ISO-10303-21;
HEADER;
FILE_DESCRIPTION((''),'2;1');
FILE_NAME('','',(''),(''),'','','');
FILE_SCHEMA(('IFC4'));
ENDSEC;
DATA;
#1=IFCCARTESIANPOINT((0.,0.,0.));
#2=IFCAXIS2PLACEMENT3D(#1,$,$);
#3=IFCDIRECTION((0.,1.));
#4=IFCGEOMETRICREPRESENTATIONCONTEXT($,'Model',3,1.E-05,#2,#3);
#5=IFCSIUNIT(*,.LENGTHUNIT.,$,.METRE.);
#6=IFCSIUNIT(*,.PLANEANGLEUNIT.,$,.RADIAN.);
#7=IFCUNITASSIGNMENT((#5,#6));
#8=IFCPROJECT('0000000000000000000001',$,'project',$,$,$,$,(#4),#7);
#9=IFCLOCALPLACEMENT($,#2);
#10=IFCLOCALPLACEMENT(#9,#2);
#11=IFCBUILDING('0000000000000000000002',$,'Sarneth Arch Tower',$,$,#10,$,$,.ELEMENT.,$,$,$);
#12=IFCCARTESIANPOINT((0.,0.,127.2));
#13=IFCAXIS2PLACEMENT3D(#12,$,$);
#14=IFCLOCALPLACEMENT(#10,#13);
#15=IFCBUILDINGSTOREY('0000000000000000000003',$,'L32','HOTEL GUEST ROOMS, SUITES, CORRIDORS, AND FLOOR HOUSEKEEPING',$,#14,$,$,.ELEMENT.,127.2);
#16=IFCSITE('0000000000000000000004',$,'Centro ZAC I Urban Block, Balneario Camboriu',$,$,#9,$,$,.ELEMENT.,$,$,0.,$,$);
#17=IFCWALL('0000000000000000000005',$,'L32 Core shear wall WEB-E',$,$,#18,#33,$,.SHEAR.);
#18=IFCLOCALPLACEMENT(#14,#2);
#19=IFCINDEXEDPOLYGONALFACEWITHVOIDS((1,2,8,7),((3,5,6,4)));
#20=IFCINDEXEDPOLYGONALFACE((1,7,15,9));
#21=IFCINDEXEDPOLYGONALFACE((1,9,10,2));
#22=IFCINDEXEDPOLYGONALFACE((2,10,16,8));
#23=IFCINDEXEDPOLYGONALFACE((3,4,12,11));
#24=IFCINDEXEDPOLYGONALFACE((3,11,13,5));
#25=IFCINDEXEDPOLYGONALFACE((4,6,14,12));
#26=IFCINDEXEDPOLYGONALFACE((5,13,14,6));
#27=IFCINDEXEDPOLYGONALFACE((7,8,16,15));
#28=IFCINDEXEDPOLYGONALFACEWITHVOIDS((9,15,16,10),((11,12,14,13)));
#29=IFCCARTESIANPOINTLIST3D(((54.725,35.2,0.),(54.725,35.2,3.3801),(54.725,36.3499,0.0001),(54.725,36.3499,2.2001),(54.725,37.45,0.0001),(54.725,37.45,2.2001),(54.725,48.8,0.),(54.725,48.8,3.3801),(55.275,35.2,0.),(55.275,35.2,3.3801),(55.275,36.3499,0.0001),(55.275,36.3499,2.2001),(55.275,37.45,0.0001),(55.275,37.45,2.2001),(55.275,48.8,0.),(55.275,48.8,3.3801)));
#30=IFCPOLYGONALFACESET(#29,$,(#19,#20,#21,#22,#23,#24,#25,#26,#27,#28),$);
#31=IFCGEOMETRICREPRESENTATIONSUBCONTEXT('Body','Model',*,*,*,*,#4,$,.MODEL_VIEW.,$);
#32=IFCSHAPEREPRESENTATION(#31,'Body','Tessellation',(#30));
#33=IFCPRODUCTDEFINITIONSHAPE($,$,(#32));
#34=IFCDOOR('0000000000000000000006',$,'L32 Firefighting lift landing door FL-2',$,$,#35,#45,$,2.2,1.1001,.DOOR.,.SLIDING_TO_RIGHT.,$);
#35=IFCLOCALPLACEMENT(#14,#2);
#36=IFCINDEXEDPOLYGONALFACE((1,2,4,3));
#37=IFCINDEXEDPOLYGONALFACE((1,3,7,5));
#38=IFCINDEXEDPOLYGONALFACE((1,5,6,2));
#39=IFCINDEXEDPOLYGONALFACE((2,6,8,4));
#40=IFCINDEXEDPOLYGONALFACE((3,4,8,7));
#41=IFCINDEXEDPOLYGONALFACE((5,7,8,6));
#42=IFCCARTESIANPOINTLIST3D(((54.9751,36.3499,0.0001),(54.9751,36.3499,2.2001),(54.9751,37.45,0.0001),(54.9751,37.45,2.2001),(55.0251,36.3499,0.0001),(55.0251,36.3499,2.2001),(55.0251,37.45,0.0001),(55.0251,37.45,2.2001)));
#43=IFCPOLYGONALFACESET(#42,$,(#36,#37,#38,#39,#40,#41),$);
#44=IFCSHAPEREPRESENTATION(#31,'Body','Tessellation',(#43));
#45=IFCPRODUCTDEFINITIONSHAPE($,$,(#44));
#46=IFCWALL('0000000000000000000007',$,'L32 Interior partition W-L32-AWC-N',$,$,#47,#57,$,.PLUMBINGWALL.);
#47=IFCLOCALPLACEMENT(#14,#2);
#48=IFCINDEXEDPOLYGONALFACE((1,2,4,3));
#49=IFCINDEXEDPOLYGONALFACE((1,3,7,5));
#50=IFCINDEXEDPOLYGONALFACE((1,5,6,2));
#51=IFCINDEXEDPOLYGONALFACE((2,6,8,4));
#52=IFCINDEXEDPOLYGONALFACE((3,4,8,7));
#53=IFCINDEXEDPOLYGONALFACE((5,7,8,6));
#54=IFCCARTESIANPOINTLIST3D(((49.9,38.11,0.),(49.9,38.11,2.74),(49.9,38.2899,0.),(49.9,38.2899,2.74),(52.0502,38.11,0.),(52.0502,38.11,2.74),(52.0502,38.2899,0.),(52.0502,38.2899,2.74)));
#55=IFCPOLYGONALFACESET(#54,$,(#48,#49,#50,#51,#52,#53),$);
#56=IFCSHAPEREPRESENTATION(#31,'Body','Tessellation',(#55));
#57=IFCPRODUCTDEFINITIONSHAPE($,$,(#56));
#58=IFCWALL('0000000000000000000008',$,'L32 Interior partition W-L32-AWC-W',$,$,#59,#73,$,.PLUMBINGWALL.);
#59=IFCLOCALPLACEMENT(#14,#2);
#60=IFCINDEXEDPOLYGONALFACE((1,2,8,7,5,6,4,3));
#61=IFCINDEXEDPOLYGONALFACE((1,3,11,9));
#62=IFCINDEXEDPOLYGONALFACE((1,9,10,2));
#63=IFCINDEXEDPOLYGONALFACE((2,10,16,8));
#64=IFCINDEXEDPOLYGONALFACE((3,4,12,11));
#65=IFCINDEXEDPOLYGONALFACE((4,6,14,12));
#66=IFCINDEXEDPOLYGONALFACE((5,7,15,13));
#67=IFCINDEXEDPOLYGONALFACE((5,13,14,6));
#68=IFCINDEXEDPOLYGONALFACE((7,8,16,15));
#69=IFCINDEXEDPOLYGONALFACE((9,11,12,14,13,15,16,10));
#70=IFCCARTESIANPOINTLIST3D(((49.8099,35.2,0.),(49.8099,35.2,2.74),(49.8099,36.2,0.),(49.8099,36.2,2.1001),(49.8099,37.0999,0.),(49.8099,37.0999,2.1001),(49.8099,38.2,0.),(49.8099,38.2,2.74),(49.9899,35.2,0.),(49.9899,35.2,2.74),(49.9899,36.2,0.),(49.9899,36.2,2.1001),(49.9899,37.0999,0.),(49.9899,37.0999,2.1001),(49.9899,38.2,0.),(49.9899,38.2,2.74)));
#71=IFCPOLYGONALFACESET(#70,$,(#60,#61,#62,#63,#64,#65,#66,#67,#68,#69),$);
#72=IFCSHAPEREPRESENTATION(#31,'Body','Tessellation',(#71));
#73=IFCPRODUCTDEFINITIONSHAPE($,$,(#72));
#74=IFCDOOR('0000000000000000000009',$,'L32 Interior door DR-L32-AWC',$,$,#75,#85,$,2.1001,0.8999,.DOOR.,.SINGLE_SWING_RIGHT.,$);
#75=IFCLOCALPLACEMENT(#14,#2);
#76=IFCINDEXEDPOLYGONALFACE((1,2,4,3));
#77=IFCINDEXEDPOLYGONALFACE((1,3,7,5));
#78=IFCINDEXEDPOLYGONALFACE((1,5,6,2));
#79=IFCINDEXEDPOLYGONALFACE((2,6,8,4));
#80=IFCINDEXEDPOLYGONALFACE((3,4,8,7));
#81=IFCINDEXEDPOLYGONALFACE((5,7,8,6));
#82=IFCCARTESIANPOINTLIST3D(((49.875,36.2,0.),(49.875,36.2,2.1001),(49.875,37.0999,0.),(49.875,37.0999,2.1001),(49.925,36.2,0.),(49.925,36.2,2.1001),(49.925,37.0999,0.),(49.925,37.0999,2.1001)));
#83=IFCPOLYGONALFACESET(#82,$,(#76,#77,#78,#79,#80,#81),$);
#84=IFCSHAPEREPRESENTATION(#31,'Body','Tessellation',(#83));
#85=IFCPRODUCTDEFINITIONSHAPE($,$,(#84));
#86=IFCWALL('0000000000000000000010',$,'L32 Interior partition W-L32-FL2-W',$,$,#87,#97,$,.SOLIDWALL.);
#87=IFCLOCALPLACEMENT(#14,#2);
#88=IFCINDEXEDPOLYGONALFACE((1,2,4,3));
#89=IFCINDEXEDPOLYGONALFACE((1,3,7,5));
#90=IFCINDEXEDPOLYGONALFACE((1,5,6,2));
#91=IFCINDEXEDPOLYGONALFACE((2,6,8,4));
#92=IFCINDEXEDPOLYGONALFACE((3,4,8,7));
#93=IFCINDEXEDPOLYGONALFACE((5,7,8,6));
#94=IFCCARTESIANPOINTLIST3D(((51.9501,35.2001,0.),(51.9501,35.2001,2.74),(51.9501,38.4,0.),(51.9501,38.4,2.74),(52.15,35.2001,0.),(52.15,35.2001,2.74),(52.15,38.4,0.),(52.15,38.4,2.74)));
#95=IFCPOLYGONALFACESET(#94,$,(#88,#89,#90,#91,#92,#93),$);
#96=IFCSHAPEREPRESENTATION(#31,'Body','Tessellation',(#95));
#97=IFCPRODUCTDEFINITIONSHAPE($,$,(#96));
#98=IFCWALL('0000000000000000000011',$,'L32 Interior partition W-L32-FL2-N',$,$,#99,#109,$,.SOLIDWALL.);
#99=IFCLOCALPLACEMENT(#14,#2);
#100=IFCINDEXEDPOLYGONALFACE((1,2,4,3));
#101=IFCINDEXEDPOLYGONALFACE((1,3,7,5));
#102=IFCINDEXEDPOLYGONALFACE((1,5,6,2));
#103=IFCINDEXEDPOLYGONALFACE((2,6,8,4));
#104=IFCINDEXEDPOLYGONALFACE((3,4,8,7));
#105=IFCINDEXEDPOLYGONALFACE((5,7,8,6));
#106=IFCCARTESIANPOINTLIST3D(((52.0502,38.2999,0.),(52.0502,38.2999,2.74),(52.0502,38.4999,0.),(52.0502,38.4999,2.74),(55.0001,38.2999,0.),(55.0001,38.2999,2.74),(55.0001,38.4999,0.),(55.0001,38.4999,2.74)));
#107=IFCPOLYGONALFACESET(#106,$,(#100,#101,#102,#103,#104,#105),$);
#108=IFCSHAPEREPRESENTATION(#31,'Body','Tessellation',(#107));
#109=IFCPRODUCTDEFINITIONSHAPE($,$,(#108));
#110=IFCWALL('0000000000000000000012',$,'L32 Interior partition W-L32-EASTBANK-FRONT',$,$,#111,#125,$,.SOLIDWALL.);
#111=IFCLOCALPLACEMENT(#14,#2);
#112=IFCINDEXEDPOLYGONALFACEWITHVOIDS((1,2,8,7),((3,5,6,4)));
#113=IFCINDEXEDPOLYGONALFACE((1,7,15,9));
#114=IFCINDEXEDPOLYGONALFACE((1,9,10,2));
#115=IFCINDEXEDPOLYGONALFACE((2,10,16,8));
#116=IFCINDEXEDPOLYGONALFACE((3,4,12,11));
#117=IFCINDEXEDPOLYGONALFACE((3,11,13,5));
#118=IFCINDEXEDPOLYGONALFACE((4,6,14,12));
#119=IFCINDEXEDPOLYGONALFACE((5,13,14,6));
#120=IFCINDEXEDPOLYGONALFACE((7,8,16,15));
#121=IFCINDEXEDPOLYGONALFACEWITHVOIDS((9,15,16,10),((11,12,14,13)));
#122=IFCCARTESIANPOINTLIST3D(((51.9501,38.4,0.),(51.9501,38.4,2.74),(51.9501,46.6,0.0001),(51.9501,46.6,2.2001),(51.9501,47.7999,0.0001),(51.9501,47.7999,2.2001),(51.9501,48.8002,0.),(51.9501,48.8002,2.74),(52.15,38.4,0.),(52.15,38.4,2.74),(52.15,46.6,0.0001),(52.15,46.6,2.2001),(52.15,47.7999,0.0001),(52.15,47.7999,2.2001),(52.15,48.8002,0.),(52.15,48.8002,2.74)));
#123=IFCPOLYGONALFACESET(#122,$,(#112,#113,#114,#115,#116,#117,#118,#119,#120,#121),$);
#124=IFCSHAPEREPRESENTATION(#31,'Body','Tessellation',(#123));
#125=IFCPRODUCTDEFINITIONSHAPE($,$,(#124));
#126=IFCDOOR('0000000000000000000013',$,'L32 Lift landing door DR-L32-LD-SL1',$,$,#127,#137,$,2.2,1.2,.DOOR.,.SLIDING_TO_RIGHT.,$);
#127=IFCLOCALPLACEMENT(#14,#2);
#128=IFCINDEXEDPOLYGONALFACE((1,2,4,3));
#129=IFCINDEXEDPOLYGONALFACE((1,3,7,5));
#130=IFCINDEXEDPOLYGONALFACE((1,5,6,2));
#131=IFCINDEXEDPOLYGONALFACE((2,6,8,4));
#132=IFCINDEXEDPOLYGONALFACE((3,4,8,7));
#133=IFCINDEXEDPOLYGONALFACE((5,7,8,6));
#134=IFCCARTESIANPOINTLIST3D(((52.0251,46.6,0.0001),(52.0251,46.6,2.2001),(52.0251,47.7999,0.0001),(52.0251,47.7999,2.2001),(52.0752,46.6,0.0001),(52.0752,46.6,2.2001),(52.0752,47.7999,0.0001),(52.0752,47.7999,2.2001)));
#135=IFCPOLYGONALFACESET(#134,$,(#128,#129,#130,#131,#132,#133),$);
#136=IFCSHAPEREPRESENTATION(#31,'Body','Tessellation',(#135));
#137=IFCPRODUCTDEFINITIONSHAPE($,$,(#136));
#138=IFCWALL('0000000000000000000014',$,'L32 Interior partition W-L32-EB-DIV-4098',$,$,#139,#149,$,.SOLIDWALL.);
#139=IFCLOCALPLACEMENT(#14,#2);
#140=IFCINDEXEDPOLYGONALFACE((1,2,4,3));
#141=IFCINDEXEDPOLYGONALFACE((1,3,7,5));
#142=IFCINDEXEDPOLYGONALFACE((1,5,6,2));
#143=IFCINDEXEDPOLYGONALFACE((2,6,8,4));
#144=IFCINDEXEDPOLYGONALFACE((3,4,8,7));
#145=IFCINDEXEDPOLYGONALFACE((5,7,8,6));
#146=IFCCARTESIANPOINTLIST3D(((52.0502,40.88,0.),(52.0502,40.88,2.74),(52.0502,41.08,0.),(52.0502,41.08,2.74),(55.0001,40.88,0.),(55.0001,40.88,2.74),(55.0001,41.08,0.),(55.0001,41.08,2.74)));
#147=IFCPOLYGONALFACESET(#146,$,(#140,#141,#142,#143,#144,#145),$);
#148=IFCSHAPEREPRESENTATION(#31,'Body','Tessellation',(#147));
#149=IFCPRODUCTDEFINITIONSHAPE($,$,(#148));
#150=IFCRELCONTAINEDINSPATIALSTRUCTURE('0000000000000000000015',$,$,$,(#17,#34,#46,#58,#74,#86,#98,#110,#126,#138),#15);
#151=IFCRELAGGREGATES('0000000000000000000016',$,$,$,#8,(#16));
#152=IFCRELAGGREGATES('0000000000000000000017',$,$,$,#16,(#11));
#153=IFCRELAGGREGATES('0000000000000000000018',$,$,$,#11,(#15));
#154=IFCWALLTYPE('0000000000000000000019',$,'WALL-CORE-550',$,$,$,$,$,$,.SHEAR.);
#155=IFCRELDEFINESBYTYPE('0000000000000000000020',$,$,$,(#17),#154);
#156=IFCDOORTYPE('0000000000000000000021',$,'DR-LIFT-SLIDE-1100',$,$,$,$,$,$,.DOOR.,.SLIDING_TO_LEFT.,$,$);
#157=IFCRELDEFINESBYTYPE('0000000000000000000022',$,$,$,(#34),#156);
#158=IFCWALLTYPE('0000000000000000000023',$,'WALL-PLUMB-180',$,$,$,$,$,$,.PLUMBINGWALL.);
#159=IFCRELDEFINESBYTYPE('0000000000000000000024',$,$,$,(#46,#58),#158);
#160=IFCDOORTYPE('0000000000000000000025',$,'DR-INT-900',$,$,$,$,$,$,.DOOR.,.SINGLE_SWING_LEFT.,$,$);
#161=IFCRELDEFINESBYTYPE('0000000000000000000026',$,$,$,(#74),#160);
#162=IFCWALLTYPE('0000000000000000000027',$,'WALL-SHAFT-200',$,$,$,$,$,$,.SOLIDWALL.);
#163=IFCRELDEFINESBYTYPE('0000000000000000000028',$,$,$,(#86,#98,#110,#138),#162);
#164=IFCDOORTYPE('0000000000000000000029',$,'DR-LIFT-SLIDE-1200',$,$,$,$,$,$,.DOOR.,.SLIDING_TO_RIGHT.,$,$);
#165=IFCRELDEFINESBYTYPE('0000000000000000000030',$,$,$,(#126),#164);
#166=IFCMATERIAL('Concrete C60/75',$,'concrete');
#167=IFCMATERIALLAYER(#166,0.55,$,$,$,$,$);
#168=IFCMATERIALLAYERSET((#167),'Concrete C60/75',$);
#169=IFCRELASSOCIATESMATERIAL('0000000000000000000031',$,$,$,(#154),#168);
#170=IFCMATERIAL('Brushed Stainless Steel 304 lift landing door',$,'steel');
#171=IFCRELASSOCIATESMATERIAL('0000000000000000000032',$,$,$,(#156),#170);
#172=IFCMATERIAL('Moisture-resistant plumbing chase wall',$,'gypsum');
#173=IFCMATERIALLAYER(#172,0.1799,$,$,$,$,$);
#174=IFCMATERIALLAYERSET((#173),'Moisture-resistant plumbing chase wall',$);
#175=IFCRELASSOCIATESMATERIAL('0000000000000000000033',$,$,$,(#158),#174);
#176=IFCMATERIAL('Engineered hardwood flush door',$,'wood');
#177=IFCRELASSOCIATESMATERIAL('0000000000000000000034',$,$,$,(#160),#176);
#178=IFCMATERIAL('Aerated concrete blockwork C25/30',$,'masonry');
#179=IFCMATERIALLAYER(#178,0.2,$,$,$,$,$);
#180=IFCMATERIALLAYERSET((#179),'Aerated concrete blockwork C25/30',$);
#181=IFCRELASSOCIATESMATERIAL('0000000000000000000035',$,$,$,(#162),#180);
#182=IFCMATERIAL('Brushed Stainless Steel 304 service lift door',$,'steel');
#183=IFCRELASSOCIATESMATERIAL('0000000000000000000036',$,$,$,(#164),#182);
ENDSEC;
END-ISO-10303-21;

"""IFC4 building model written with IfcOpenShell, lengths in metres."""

from ifc_helpers import new_model, si_unit, direction, frame, frame_2d, origin, place, context, subcontext, project, spatial, rectangle, extrude, material, layer, layer_set, type_object, element, fill, save


model = new_model("IFC4")

# Units and contexts
model_context = context("Model", 3, precision=1e-05, world=origin(), true_north=direction((0.0, 1.0)))
body_context = subcontext(model_context, "Body", "Model", "MODEL_VIEW")
ifc_project = project(units=[si_unit("LENGTHUNIT", "METRE"), si_unit("PLANEANGLEUNIT", "RADIAN")], contexts=[model_context])

# Site, building, storey
site_placement = place(None, origin())
site = spatial("IfcSite", under=ifc_project, at=site_placement, Name="Centro ZAC I Urban Block, Balneario Camboriu", CompositionType="ELEMENT", RefElevation=0.0)
building_placement = place(site_placement, origin())
building = spatial("IfcBuilding", under=site, at=building_placement, Name="Sarneth Arch Tower", CompositionType="ELEMENT")
storey_placement = place(building_placement, frame((0.0, 0.0, 127.2)))
storey = spatial("IfcBuildingStorey", under=building, at=storey_placement, Name="L32", Description="HOTEL GUEST ROOMS, SUITES, CORRIDORS, AND FLOOR HOUSEKEEPING", CompositionType="ELEMENT", Elevation=127.2)

# Shared definitions
ifc_material_1 = material(Name="Concrete C60/75", Category="concrete")
ifc_layer_1 = layer(ifc_material_1, 0.55)
ifc_layer_set_1 = layer_set([ifc_layer_1], Name="Concrete C60/75")
wall_type_1 = type_object("IfcWallType", Name="WALL-CORE-550", PredefinedType="SHEAR", material=ifc_layer_set_1)

# Wall, opening, door
wall_1_placement = place(storey_placement, frame((55.0, 35.2, 0.0), z_axis=(0.0, 0.0, 1.0), x_axis=(0.0, 1.0, 0.0)))
wall_1 = element("IfcWall", 1, at=wall_1_placement, inside=storey, type_object=wall_type_1, Name="L32 Core shear wall WEB-E", PredefinedType="SHEAR", context=body_context, shape_type="SweptSolid", body=[
    extrude(rectangle(XDim=13.6001, YDim=0.55, at=frame_2d((6.8, 0.0))), origin(), (0.0, 0.0, 1.0), 3.3801),
])
opening_1_placement = place(wall_1_placement, frame((1.1499, 0.0, 0.0)))
opening_1 = element("IfcOpeningElement", 2, at=opening_1_placement, cuts=wall_1, PredefinedType="OPENING", context=body_context, shape_type="SweptSolid", body=[
    extrude(rectangle(XDim=1.1001, YDim=2.2, at=frame_2d((0.55, 1.1001))), frame((0.0, 0.2849, 0.0), z_axis=(0.0, -1.0, 0.0), x_axis=(1.0, 0.0, 0.0)), (0.0, 0.0, 1.0), 0.5701),
])
ifc_material_2 = material(Name="Brushed Stainless Steel 304 lift landing door", Category="steel")
door_type_1 = type_object("IfcDoorType", Name="DR-LIFT-SLIDE-1100", OperationType="SLIDING_TO_LEFT", PredefinedType="DOOR", material=ifc_material_2)
door_1_placement = place(opening_1_placement, origin())
door_1 = element("IfcDoor", 3, at=door_1_placement, inside=storey, type_object=door_type_1, Name="L32 Firefighting lift landing door FL-2", OperationType="SLIDING_TO_RIGHT", OverallHeight=2.2, OverallWidth=1.1001, PredefinedType="DOOR", context=body_context, shape_type="SweptSolid", body=[
    extrude(rectangle(XDim=1.1001, YDim=2.2, at=frame_2d((0.55, 1.1001))), frame((0.0, 0.0249, 0.0), z_axis=(0.0, -1.0, 0.0), x_axis=(1.0, 0.0, 0.0)), (0.0, 0.0, 1.0), 0.05),
])
fill(opening_1, door_1)

# Wall
ifc_material_3 = material(Name="Moisture-resistant plumbing chase wall", Category="gypsum")
ifc_layer_2 = layer(ifc_material_3, 0.1799)
ifc_layer_set_2 = layer_set([ifc_layer_2], Name="Moisture-resistant plumbing chase wall")
wall_type_2 = type_object("IfcWallType", Name="WALL-PLUMB-180", PredefinedType="PLUMBINGWALL", material=ifc_layer_set_2)
wall_2_placement = place(storey_placement, frame((49.8999, 38.2, 0.0), z_axis=(0.0, 0.0, 1.0), x_axis=(1.0, 0.0, 0.0)))
element("IfcWall", 4, at=wall_2_placement, inside=storey, type_object=wall_type_2, Name="L32 Interior partition W-L32-AWC-N", PredefinedType="PLUMBINGWALL", context=body_context, shape_type="SweptSolid", body=[
    extrude(rectangle(XDim=2.1501, YDim=0.1799, at=frame_2d((1.0752, 0.0))), origin(), (0.0, 0.0, 1.0), 2.74),
])

# Wall, opening, door
wall_3_placement = place(storey_placement, frame((49.8999, 35.2, 0.0), z_axis=(0.0, 0.0, 1.0), x_axis=(0.0, 1.0, 0.0)))
wall_3 = element("IfcWall", 5, at=wall_3_placement, inside=storey, type_object=wall_type_2, Name="L32 Interior partition W-L32-AWC-W", PredefinedType="PLUMBINGWALL", context=body_context, shape_type="SweptSolid", body=[
    extrude(rectangle(XDim=3.0, YDim=0.1799, at=frame_2d((1.5, 0.0))), origin(), (0.0, 0.0, 1.0), 2.74),
])
opening_2_placement = place(wall_3_placement, frame((1.0, 0.0, 0.0)))
opening_2 = element("IfcOpeningElement", 6, at=opening_2_placement, cuts=wall_3, PredefinedType="OPENING", context=body_context, shape_type="SweptSolid", body=[
    extrude(rectangle(XDim=0.8999, YDim=2.1001, at=frame_2d((0.45, 1.05))), frame((0.0, 0.0999, 0.0), z_axis=(0.0, -1.0, 0.0), x_axis=(1.0, 0.0, 0.0)), (0.0, 0.0, 1.0), 0.2),
])
ifc_material_4 = material(Name="Engineered hardwood flush door", Category="wood")
door_type_2 = type_object("IfcDoorType", Name="DR-INT-900", OperationType="SINGLE_SWING_LEFT", PredefinedType="DOOR", material=ifc_material_4)
door_2_placement = place(opening_2_placement, origin())
door_2 = element("IfcDoor", 7, at=door_2_placement, inside=storey, type_object=door_type_2, Name="L32 Interior door DR-L32-AWC", OperationType="SINGLE_SWING_RIGHT", OverallHeight=2.1001, OverallWidth=0.8999, PredefinedType="DOOR", context=body_context, shape_type="SweptSolid", body=[
    extrude(rectangle(XDim=0.8999, YDim=2.1001, at=frame_2d((0.45, 1.05))), frame((0.0, 0.0249, 0.0), z_axis=(0.0, -1.0, 0.0), x_axis=(1.0, 0.0, 0.0)), (0.0, 0.0, 1.0), 0.05),
])
fill(opening_2, door_2)
ifc_material_5 = material(Name="Aerated concrete blockwork C25/30", Category="masonry")
ifc_layer_3 = layer(ifc_material_5, 0.2)
ifc_layer_set_3 = layer_set([ifc_layer_3], Name="Aerated concrete blockwork C25/30")
wall_type_3 = type_object("IfcWallType", Name="WALL-SHAFT-200", PredefinedType="SOLIDWALL", material=ifc_layer_set_3)

# Walls
wall_4_placement = place(storey_placement, frame((52.05, 35.2, 0.0), z_axis=(0.0, 0.0, 1.0), x_axis=(0.0, 1.0, 0.0)))
element("IfcWall", 8, at=wall_4_placement, inside=storey, type_object=wall_type_3, Name="L32 Interior partition W-L32-FL2-W", PredefinedType="SOLIDWALL", context=body_context, shape_type="SweptSolid", body=[
    extrude(rectangle(XDim=3.2, YDim=0.2, at=frame_2d((1.6001, 0.0))), origin(), (0.0, 0.0, 1.0), 2.74),
])
wall_5_placement = place(storey_placement, frame((52.05, 38.3999, 0.0), z_axis=(0.0, 0.0, 1.0), x_axis=(1.0, 0.0, 0.0)))
element("IfcWall", 9, at=wall_5_placement, inside=storey, type_object=wall_type_3, Name="L32 Interior partition W-L32-FL2-N", PredefinedType="SOLIDWALL", context=body_context, shape_type="SweptSolid", body=[
    extrude(rectangle(XDim=2.95, YDim=0.2, at=frame_2d((1.4751, 0.0))), origin(), (0.0, 0.0, 1.0), 2.74),
])

# Wall, opening, door
wall_6_placement = place(storey_placement, frame((52.05, 38.3999, 0.0), z_axis=(0.0, 0.0, 1.0), x_axis=(0.0, 1.0, 0.0)))
wall_6 = element("IfcWall", 10, at=wall_6_placement, inside=storey, type_object=wall_type_3, Name="L32 Interior partition W-L32-EASTBANK-FRONT", PredefinedType="SOLIDWALL", context=body_context, shape_type="SweptSolid", body=[
    extrude(rectangle(XDim=10.4001, YDim=0.2, at=frame_2d((5.2002, 0.0))), origin(), (0.0, 0.0, 1.0), 2.74),
])
opening_3_placement = place(wall_6_placement, frame((8.2, 0.0, 0.0)))
opening_3 = element("IfcOpeningElement", 11, at=opening_3_placement, cuts=wall_6, PredefinedType="OPENING", context=body_context, shape_type="SweptSolid", body=[
    extrude(rectangle(XDim=1.2, YDim=2.2, at=frame_2d((0.6001, 1.1001))), frame((0.0, 0.1099, 0.0), z_axis=(0.0, -1.0, 0.0), x_axis=(1.0, 0.0, 0.0)), (0.0, 0.0, 1.0), 0.22),
])
ifc_material_6 = material(Name="Brushed Stainless Steel 304 service lift door", Category="steel")
door_type_3 = type_object("IfcDoorType", Name="DR-LIFT-SLIDE-1200", OperationType="SLIDING_TO_RIGHT", PredefinedType="DOOR", material=ifc_material_6)
door_3_placement = place(opening_3_placement, origin())
door_3 = element("IfcDoor", 12, at=door_3_placement, inside=storey, type_object=door_type_3, Name="L32 Lift landing door DR-L32-LD-SL1", OperationType="SLIDING_TO_RIGHT", OverallHeight=2.2, OverallWidth=1.2, PredefinedType="DOOR", context=body_context, shape_type="SweptSolid", body=[
    extrude(rectangle(XDim=1.2, YDim=2.2, at=frame_2d((0.6001, 1.1001))), frame((0.0, 0.0249, 0.0), z_axis=(0.0, -1.0, 0.0), x_axis=(1.0, 0.0, 0.0)), (0.0, 0.0, 1.0), 0.05),
])
fill(opening_3, door_3)

# Wall
wall_7_placement = place(storey_placement, frame((52.05, 40.98, 0.0), z_axis=(0.0, 0.0, 1.0), x_axis=(1.0, 0.0, 0.0)))
element("IfcWall", 13, at=wall_7_placement, inside=storey, type_object=wall_type_3, Name="L32 Interior partition W-L32-EB-DIV-4098", PredefinedType="SOLIDWALL", context=body_context, shape_type="SweptSolid", body=[
    extrude(rectangle(XDim=2.95, YDim=0.2, at=frame_2d((1.4751, 0.0))), origin(), (0.0, 0.0, 1.0), 2.74),
])

save(model, "model.ifc")
